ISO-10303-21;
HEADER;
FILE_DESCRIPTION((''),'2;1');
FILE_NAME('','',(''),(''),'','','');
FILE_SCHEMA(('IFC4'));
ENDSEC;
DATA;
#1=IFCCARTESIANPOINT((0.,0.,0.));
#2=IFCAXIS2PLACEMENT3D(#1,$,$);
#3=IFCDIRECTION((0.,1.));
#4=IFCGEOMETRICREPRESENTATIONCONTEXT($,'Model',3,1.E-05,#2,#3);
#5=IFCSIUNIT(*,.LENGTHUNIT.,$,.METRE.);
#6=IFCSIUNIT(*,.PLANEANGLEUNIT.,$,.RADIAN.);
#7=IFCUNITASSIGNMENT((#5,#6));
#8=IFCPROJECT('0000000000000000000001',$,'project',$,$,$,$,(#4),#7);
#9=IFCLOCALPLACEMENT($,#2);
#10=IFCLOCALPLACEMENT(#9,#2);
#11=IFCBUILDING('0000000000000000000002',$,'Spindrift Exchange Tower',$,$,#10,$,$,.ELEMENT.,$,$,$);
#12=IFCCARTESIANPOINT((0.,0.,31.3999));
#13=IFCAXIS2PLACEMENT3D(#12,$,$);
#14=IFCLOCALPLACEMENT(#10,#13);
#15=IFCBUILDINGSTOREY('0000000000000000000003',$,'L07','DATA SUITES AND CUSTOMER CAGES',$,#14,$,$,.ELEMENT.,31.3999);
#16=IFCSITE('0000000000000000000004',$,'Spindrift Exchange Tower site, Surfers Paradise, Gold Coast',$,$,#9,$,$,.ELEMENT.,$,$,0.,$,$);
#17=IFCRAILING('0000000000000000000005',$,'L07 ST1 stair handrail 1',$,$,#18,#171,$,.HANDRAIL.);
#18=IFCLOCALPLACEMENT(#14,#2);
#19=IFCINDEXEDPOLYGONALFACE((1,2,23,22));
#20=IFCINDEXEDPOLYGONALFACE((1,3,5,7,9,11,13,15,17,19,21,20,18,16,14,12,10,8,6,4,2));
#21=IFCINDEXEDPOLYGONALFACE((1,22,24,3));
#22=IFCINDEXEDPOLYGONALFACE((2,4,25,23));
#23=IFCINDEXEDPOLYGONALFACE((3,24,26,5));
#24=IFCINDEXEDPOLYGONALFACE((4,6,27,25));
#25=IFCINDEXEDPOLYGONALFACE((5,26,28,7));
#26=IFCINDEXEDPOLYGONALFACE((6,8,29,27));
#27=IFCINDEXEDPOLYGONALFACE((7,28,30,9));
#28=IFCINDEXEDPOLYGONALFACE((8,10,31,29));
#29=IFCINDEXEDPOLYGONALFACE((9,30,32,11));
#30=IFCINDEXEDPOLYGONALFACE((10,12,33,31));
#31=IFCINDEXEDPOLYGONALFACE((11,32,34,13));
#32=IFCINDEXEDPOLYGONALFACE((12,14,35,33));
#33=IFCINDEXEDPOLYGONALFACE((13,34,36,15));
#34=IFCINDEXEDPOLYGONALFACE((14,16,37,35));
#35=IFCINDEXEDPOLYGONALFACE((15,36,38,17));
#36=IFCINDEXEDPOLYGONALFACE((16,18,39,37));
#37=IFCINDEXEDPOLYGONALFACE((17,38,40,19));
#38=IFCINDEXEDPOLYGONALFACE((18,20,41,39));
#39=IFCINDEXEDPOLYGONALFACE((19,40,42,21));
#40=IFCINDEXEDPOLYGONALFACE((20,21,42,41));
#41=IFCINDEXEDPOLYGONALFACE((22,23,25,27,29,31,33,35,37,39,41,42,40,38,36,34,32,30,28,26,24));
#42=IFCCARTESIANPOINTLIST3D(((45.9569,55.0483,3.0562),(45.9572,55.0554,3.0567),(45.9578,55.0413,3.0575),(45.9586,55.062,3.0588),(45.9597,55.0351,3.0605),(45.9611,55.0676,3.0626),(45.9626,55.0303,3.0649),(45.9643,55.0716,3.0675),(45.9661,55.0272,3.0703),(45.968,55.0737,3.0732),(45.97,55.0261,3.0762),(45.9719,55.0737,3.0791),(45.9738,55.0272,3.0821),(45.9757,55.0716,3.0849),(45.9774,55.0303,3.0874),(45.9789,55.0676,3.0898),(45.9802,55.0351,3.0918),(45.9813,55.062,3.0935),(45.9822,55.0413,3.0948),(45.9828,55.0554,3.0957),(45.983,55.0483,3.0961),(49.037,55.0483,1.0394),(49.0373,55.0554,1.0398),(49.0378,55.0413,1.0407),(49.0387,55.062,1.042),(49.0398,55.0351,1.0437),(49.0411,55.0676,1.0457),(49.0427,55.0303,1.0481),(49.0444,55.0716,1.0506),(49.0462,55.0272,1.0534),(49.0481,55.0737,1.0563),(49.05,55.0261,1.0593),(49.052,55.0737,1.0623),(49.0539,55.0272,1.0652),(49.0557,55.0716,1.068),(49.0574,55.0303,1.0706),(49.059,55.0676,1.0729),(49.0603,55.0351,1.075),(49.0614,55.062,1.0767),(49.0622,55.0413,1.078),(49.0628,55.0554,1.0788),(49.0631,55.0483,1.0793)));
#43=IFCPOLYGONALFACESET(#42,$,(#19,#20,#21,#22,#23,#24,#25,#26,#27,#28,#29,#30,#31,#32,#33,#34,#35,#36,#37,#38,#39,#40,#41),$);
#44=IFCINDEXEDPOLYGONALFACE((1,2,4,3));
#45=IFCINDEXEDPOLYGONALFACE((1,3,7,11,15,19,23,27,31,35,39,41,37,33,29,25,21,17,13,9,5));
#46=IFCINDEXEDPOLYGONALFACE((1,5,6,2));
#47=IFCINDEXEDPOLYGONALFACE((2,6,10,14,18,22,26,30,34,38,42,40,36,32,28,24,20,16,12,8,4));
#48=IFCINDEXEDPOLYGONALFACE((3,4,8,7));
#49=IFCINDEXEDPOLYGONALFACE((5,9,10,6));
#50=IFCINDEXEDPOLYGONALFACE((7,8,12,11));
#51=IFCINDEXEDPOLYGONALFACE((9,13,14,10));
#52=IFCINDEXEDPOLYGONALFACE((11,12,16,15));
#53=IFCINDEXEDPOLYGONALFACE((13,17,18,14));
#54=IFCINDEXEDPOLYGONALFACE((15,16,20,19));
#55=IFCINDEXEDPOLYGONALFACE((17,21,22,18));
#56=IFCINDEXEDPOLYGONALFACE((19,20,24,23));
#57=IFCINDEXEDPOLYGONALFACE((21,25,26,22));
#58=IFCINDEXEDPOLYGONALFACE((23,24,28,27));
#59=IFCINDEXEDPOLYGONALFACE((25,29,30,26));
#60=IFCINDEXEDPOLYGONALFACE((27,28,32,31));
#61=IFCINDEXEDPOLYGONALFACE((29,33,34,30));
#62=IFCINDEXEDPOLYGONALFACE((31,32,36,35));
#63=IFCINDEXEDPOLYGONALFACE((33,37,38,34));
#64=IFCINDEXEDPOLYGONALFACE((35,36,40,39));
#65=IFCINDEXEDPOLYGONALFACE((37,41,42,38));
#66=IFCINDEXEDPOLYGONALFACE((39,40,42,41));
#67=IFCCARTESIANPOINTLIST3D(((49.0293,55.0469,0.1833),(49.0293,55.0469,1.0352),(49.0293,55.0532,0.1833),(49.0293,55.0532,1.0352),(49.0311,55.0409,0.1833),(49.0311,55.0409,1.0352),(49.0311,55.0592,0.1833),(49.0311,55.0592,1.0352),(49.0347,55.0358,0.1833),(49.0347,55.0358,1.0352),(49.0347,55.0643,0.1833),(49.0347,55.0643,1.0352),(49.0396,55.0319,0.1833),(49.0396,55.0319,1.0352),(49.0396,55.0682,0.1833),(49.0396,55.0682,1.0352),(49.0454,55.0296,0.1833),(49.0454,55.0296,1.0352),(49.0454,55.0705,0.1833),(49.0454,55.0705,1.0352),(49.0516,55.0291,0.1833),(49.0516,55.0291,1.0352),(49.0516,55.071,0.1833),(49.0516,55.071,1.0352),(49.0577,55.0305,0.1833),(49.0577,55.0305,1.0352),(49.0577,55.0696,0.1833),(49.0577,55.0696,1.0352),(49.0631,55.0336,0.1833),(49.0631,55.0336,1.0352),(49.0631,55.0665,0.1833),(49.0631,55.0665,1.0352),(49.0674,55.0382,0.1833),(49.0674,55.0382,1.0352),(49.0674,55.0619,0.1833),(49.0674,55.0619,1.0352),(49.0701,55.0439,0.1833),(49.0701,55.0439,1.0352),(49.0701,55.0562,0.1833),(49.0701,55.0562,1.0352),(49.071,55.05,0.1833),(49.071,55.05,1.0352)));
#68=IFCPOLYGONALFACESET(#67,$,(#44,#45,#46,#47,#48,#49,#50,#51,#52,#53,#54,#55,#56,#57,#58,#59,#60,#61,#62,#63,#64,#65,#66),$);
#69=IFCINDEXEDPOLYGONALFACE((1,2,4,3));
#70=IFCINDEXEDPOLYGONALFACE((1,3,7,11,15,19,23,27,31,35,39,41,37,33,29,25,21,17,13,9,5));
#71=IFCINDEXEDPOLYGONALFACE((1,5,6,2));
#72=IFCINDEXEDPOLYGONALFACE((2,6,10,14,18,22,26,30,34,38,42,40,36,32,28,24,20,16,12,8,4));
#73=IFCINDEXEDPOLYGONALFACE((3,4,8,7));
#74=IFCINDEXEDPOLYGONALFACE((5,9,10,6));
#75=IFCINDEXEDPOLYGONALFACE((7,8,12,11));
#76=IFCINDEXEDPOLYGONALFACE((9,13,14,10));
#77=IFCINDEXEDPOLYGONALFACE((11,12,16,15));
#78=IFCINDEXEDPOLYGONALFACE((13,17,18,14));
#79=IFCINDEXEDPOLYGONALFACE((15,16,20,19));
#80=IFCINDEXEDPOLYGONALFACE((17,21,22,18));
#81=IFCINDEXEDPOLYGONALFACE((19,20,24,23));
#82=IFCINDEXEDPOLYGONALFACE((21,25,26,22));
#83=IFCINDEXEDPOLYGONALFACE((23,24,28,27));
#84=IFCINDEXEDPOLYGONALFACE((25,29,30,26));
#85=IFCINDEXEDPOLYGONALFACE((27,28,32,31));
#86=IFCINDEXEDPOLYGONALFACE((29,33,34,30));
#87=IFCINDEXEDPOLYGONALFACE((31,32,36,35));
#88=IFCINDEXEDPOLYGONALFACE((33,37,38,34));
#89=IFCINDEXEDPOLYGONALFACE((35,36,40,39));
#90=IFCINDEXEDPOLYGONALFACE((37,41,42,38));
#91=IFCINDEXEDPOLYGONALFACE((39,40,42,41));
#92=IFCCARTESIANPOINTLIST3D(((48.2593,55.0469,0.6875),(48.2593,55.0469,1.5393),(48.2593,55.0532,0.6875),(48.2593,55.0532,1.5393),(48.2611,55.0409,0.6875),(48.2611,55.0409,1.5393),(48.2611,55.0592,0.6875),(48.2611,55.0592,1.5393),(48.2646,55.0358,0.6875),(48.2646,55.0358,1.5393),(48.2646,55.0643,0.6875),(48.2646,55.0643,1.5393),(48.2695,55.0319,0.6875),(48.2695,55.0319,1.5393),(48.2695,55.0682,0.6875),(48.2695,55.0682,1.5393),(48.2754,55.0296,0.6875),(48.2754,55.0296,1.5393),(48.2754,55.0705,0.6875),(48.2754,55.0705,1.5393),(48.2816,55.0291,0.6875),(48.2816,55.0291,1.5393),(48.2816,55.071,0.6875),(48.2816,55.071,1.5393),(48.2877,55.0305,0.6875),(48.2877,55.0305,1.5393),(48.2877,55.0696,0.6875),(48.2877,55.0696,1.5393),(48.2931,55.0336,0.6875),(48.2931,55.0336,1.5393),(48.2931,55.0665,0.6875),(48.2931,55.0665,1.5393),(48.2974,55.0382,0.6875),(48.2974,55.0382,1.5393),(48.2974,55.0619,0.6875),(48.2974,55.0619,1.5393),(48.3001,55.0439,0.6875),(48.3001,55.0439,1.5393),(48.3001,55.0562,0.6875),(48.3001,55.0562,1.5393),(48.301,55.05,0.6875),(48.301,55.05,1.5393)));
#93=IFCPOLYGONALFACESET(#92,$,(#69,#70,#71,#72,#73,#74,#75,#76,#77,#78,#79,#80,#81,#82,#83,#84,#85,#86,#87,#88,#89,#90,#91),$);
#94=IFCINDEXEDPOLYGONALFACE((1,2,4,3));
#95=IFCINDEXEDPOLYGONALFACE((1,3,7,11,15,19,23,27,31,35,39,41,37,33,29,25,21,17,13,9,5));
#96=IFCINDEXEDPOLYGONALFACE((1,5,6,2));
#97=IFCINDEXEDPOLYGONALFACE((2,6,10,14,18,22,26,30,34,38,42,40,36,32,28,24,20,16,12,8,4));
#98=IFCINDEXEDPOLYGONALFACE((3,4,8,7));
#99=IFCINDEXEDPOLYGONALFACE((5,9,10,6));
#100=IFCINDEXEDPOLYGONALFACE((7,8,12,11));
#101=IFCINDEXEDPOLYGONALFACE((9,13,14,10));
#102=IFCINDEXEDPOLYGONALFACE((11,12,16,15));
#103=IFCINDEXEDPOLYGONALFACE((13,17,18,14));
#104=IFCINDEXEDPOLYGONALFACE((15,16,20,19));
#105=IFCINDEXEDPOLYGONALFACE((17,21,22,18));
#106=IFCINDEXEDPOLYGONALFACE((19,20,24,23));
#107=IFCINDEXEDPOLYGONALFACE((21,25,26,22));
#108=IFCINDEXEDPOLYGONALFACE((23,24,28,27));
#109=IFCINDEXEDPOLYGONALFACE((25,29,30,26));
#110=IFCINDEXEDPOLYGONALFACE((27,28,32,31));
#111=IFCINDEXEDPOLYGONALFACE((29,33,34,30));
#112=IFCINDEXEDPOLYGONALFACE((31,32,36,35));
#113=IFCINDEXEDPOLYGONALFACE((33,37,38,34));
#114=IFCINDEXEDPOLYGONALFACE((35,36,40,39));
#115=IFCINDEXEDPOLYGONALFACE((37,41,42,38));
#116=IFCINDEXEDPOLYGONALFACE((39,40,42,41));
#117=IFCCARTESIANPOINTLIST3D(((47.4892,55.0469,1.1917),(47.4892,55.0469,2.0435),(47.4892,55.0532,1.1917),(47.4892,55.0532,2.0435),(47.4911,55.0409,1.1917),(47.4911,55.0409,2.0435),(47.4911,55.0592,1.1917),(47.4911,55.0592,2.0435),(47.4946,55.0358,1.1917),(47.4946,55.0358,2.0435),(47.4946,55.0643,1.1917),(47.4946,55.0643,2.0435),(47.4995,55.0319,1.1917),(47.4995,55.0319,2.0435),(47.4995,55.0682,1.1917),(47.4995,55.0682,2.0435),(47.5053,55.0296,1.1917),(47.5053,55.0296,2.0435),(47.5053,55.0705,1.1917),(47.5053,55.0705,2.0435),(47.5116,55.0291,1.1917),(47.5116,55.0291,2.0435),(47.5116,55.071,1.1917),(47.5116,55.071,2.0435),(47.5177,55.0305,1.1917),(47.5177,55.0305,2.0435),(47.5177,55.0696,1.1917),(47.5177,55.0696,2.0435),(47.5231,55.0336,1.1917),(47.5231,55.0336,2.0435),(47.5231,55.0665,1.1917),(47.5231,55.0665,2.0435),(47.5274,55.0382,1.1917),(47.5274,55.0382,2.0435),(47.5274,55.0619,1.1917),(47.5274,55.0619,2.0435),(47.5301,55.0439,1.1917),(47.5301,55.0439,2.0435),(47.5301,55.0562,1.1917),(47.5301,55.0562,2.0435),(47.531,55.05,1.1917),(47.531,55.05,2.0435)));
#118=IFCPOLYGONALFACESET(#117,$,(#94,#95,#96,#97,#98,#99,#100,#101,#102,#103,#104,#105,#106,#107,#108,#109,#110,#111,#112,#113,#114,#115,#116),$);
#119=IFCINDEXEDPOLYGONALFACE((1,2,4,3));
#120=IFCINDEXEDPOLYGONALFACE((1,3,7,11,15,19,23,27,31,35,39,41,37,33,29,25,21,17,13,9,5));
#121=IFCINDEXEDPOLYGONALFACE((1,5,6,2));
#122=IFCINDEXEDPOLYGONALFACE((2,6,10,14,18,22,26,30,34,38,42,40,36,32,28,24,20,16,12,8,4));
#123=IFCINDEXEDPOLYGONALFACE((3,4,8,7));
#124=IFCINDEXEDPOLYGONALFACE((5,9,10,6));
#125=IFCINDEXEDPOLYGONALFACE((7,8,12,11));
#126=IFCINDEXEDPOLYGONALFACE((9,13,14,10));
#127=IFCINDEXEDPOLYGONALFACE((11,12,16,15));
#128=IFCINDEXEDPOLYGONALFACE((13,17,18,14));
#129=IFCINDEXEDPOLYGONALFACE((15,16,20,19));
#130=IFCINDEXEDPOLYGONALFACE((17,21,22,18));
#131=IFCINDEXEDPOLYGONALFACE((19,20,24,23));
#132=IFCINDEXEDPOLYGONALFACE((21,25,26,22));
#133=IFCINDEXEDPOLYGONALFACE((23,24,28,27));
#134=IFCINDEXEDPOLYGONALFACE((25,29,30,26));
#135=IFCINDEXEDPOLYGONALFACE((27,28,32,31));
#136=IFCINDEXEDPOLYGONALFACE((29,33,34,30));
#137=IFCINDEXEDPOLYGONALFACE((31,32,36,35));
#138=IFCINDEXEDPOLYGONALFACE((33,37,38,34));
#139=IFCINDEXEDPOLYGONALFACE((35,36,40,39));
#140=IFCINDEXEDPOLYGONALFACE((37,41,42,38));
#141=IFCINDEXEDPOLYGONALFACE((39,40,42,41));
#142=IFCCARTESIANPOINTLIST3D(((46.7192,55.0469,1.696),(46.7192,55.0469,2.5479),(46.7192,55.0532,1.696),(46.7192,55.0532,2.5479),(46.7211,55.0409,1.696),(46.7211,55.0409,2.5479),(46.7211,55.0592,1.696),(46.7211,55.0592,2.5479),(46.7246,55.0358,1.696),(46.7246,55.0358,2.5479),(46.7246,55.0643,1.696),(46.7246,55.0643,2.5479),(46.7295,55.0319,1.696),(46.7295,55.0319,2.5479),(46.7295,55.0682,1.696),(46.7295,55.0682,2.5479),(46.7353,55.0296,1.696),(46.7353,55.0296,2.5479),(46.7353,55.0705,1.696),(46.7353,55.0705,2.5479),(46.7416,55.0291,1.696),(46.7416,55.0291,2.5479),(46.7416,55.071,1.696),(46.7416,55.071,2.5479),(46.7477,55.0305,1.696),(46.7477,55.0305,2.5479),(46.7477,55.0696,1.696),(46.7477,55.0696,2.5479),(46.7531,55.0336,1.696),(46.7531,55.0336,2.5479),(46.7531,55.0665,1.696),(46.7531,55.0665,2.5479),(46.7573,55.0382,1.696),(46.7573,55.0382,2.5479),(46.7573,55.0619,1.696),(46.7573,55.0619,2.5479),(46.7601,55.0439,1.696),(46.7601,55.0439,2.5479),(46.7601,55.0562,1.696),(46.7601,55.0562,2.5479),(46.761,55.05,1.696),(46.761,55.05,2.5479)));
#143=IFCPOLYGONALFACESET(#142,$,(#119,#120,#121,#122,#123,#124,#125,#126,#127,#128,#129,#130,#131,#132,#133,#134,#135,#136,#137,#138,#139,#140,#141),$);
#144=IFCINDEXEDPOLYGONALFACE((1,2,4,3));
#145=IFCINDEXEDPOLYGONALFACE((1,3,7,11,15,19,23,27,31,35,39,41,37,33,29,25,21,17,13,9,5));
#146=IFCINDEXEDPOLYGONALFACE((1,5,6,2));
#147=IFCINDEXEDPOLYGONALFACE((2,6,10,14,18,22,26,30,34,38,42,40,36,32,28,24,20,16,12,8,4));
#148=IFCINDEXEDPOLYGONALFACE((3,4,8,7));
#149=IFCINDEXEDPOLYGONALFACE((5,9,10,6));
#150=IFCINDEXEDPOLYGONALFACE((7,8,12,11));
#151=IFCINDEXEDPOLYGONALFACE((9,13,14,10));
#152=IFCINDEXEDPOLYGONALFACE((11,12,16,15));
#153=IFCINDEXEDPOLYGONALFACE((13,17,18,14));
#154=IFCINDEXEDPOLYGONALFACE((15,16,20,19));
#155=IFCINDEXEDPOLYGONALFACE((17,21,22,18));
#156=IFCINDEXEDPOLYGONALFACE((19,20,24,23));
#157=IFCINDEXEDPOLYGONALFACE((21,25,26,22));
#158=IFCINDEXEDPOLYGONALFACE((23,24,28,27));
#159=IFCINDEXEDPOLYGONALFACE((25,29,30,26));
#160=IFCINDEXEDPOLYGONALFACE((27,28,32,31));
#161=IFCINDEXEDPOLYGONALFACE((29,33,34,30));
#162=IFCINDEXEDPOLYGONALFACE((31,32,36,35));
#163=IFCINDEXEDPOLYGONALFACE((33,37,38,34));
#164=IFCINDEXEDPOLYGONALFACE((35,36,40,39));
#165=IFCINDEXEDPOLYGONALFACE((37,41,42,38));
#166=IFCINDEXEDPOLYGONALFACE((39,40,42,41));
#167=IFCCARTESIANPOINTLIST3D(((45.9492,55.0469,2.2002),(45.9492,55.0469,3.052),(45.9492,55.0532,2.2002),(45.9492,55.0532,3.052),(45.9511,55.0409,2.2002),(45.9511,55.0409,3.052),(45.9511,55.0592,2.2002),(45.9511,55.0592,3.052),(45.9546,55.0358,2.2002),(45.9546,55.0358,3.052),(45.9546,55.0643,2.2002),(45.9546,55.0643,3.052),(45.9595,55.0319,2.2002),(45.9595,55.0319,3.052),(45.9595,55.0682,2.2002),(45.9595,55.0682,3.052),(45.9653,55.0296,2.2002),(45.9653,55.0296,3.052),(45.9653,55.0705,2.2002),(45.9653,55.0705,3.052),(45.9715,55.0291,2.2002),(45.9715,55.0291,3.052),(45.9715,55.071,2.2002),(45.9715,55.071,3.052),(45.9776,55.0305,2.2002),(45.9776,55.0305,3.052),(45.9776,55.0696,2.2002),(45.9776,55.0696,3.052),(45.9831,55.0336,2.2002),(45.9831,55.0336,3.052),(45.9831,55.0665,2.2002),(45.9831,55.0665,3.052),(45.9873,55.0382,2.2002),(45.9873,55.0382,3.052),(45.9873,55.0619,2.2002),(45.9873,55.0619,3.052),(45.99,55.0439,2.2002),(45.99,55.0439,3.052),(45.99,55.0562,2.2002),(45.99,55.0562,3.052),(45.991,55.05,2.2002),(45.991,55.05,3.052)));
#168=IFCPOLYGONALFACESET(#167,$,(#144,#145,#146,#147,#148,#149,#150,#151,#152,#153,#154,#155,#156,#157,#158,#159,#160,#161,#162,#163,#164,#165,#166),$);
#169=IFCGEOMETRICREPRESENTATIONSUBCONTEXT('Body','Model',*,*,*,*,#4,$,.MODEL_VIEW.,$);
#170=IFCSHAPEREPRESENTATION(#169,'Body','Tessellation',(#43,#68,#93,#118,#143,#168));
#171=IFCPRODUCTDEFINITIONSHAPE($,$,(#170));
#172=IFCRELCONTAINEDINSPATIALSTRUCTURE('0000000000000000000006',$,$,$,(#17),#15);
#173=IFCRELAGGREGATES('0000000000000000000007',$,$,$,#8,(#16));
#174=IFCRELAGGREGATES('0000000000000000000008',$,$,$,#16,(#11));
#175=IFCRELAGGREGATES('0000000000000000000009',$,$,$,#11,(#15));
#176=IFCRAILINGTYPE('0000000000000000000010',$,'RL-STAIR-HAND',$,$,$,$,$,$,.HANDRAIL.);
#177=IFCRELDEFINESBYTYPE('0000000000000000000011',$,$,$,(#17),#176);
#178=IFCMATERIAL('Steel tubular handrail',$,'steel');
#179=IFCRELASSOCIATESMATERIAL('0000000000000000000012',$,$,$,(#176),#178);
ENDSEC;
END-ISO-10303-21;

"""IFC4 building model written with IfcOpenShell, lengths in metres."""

from ifc_helpers import new_model, si_unit, direction, frame, origin, origin_2d, place, context, subcontext, project, spatial, circle, extrude, material, type_object, element, save


model = new_model("IFC4")

# Units and contexts
model_context = context("Model", 3, precision=1e-05, world=origin(), true_north=direction((0.0, 1.0)))
body_context = subcontext(model_context, "Body", "Model", "MODEL_VIEW")
ifc_project = project(units=[si_unit("LENGTHUNIT", "METRE"), si_unit("PLANEANGLEUNIT", "RADIAN")], contexts=[model_context])

# Site, building, storey
site_placement = place(None, origin())
site = spatial("IfcSite", under=ifc_project, at=site_placement, Name="Spindrift Exchange Tower site, Surfers Paradise, Gold Coast", CompositionType="ELEMENT", RefElevation=0.0)
building_placement = place(site_placement, origin())
building = spatial("IfcBuilding", under=site, at=building_placement, Name="Spindrift Exchange Tower", CompositionType="ELEMENT")
storey_placement = place(building_placement, frame((0.0, 0.0, 31.3999)))
storey = spatial("IfcBuildingStorey", under=building, at=storey_placement, Name="L07", Description="DATA SUITES AND CUSTOMER CAGES", CompositionType="ELEMENT", Elevation=31.3999)

# Railing
ifc_material_1 = material(Name="Steel tubular handrail", Category="steel")
railing_type_1 = type_object("IfcRailingType", Name="RL-STAIR-HAND", PredefinedType="HANDRAIL", material=ifc_material_1)
railing_1_placement = place(storey_placement, frame((49.05, 55.05, 0.1833)))
element("IfcRailing", 1, at=railing_1_placement, inside=storey, type_object=railing_type_1, Name="L07 ST1 stair handrail 1", PredefinedType="HANDRAIL", context=body_context, shape_type="SweptSolid", body=[
    extrude(circle(Radius=0.0239, at=origin_2d()), frame((0.0, 0.0, 0.876), z_axis=(-0.836603, 0.0, 0.54781), x_axis=(0.0, -1.0, 0.0)), (0.0, 0.0, 1.0), 3.6816),
    extrude(circle(Radius=0.021, at=origin_2d()), origin(), (0.0, 0.0, 1.0), 0.8518),
    extrude(circle(Radius=0.021, at=origin_2d()), frame((-0.77, 0.0, 0.5042)), (0.0, 0.0, 1.0), 0.8518),
    extrude(circle(Radius=0.021, at=origin_2d()), frame((-1.54, 0.0, 1.0083)), (0.0, 0.0, 1.0), 0.8518),
    extrude(circle(Radius=0.021, at=origin_2d()), frame((-2.3101, 0.0, 1.5127)), (0.0, 0.0, 1.0), 0.8518),
    extrude(circle(Radius=0.021, at=origin_2d()), frame((-3.0801, 0.0, 2.0168)), (0.0, 0.0, 1.0), 0.8518),
])

save(model, "model.ifc")
